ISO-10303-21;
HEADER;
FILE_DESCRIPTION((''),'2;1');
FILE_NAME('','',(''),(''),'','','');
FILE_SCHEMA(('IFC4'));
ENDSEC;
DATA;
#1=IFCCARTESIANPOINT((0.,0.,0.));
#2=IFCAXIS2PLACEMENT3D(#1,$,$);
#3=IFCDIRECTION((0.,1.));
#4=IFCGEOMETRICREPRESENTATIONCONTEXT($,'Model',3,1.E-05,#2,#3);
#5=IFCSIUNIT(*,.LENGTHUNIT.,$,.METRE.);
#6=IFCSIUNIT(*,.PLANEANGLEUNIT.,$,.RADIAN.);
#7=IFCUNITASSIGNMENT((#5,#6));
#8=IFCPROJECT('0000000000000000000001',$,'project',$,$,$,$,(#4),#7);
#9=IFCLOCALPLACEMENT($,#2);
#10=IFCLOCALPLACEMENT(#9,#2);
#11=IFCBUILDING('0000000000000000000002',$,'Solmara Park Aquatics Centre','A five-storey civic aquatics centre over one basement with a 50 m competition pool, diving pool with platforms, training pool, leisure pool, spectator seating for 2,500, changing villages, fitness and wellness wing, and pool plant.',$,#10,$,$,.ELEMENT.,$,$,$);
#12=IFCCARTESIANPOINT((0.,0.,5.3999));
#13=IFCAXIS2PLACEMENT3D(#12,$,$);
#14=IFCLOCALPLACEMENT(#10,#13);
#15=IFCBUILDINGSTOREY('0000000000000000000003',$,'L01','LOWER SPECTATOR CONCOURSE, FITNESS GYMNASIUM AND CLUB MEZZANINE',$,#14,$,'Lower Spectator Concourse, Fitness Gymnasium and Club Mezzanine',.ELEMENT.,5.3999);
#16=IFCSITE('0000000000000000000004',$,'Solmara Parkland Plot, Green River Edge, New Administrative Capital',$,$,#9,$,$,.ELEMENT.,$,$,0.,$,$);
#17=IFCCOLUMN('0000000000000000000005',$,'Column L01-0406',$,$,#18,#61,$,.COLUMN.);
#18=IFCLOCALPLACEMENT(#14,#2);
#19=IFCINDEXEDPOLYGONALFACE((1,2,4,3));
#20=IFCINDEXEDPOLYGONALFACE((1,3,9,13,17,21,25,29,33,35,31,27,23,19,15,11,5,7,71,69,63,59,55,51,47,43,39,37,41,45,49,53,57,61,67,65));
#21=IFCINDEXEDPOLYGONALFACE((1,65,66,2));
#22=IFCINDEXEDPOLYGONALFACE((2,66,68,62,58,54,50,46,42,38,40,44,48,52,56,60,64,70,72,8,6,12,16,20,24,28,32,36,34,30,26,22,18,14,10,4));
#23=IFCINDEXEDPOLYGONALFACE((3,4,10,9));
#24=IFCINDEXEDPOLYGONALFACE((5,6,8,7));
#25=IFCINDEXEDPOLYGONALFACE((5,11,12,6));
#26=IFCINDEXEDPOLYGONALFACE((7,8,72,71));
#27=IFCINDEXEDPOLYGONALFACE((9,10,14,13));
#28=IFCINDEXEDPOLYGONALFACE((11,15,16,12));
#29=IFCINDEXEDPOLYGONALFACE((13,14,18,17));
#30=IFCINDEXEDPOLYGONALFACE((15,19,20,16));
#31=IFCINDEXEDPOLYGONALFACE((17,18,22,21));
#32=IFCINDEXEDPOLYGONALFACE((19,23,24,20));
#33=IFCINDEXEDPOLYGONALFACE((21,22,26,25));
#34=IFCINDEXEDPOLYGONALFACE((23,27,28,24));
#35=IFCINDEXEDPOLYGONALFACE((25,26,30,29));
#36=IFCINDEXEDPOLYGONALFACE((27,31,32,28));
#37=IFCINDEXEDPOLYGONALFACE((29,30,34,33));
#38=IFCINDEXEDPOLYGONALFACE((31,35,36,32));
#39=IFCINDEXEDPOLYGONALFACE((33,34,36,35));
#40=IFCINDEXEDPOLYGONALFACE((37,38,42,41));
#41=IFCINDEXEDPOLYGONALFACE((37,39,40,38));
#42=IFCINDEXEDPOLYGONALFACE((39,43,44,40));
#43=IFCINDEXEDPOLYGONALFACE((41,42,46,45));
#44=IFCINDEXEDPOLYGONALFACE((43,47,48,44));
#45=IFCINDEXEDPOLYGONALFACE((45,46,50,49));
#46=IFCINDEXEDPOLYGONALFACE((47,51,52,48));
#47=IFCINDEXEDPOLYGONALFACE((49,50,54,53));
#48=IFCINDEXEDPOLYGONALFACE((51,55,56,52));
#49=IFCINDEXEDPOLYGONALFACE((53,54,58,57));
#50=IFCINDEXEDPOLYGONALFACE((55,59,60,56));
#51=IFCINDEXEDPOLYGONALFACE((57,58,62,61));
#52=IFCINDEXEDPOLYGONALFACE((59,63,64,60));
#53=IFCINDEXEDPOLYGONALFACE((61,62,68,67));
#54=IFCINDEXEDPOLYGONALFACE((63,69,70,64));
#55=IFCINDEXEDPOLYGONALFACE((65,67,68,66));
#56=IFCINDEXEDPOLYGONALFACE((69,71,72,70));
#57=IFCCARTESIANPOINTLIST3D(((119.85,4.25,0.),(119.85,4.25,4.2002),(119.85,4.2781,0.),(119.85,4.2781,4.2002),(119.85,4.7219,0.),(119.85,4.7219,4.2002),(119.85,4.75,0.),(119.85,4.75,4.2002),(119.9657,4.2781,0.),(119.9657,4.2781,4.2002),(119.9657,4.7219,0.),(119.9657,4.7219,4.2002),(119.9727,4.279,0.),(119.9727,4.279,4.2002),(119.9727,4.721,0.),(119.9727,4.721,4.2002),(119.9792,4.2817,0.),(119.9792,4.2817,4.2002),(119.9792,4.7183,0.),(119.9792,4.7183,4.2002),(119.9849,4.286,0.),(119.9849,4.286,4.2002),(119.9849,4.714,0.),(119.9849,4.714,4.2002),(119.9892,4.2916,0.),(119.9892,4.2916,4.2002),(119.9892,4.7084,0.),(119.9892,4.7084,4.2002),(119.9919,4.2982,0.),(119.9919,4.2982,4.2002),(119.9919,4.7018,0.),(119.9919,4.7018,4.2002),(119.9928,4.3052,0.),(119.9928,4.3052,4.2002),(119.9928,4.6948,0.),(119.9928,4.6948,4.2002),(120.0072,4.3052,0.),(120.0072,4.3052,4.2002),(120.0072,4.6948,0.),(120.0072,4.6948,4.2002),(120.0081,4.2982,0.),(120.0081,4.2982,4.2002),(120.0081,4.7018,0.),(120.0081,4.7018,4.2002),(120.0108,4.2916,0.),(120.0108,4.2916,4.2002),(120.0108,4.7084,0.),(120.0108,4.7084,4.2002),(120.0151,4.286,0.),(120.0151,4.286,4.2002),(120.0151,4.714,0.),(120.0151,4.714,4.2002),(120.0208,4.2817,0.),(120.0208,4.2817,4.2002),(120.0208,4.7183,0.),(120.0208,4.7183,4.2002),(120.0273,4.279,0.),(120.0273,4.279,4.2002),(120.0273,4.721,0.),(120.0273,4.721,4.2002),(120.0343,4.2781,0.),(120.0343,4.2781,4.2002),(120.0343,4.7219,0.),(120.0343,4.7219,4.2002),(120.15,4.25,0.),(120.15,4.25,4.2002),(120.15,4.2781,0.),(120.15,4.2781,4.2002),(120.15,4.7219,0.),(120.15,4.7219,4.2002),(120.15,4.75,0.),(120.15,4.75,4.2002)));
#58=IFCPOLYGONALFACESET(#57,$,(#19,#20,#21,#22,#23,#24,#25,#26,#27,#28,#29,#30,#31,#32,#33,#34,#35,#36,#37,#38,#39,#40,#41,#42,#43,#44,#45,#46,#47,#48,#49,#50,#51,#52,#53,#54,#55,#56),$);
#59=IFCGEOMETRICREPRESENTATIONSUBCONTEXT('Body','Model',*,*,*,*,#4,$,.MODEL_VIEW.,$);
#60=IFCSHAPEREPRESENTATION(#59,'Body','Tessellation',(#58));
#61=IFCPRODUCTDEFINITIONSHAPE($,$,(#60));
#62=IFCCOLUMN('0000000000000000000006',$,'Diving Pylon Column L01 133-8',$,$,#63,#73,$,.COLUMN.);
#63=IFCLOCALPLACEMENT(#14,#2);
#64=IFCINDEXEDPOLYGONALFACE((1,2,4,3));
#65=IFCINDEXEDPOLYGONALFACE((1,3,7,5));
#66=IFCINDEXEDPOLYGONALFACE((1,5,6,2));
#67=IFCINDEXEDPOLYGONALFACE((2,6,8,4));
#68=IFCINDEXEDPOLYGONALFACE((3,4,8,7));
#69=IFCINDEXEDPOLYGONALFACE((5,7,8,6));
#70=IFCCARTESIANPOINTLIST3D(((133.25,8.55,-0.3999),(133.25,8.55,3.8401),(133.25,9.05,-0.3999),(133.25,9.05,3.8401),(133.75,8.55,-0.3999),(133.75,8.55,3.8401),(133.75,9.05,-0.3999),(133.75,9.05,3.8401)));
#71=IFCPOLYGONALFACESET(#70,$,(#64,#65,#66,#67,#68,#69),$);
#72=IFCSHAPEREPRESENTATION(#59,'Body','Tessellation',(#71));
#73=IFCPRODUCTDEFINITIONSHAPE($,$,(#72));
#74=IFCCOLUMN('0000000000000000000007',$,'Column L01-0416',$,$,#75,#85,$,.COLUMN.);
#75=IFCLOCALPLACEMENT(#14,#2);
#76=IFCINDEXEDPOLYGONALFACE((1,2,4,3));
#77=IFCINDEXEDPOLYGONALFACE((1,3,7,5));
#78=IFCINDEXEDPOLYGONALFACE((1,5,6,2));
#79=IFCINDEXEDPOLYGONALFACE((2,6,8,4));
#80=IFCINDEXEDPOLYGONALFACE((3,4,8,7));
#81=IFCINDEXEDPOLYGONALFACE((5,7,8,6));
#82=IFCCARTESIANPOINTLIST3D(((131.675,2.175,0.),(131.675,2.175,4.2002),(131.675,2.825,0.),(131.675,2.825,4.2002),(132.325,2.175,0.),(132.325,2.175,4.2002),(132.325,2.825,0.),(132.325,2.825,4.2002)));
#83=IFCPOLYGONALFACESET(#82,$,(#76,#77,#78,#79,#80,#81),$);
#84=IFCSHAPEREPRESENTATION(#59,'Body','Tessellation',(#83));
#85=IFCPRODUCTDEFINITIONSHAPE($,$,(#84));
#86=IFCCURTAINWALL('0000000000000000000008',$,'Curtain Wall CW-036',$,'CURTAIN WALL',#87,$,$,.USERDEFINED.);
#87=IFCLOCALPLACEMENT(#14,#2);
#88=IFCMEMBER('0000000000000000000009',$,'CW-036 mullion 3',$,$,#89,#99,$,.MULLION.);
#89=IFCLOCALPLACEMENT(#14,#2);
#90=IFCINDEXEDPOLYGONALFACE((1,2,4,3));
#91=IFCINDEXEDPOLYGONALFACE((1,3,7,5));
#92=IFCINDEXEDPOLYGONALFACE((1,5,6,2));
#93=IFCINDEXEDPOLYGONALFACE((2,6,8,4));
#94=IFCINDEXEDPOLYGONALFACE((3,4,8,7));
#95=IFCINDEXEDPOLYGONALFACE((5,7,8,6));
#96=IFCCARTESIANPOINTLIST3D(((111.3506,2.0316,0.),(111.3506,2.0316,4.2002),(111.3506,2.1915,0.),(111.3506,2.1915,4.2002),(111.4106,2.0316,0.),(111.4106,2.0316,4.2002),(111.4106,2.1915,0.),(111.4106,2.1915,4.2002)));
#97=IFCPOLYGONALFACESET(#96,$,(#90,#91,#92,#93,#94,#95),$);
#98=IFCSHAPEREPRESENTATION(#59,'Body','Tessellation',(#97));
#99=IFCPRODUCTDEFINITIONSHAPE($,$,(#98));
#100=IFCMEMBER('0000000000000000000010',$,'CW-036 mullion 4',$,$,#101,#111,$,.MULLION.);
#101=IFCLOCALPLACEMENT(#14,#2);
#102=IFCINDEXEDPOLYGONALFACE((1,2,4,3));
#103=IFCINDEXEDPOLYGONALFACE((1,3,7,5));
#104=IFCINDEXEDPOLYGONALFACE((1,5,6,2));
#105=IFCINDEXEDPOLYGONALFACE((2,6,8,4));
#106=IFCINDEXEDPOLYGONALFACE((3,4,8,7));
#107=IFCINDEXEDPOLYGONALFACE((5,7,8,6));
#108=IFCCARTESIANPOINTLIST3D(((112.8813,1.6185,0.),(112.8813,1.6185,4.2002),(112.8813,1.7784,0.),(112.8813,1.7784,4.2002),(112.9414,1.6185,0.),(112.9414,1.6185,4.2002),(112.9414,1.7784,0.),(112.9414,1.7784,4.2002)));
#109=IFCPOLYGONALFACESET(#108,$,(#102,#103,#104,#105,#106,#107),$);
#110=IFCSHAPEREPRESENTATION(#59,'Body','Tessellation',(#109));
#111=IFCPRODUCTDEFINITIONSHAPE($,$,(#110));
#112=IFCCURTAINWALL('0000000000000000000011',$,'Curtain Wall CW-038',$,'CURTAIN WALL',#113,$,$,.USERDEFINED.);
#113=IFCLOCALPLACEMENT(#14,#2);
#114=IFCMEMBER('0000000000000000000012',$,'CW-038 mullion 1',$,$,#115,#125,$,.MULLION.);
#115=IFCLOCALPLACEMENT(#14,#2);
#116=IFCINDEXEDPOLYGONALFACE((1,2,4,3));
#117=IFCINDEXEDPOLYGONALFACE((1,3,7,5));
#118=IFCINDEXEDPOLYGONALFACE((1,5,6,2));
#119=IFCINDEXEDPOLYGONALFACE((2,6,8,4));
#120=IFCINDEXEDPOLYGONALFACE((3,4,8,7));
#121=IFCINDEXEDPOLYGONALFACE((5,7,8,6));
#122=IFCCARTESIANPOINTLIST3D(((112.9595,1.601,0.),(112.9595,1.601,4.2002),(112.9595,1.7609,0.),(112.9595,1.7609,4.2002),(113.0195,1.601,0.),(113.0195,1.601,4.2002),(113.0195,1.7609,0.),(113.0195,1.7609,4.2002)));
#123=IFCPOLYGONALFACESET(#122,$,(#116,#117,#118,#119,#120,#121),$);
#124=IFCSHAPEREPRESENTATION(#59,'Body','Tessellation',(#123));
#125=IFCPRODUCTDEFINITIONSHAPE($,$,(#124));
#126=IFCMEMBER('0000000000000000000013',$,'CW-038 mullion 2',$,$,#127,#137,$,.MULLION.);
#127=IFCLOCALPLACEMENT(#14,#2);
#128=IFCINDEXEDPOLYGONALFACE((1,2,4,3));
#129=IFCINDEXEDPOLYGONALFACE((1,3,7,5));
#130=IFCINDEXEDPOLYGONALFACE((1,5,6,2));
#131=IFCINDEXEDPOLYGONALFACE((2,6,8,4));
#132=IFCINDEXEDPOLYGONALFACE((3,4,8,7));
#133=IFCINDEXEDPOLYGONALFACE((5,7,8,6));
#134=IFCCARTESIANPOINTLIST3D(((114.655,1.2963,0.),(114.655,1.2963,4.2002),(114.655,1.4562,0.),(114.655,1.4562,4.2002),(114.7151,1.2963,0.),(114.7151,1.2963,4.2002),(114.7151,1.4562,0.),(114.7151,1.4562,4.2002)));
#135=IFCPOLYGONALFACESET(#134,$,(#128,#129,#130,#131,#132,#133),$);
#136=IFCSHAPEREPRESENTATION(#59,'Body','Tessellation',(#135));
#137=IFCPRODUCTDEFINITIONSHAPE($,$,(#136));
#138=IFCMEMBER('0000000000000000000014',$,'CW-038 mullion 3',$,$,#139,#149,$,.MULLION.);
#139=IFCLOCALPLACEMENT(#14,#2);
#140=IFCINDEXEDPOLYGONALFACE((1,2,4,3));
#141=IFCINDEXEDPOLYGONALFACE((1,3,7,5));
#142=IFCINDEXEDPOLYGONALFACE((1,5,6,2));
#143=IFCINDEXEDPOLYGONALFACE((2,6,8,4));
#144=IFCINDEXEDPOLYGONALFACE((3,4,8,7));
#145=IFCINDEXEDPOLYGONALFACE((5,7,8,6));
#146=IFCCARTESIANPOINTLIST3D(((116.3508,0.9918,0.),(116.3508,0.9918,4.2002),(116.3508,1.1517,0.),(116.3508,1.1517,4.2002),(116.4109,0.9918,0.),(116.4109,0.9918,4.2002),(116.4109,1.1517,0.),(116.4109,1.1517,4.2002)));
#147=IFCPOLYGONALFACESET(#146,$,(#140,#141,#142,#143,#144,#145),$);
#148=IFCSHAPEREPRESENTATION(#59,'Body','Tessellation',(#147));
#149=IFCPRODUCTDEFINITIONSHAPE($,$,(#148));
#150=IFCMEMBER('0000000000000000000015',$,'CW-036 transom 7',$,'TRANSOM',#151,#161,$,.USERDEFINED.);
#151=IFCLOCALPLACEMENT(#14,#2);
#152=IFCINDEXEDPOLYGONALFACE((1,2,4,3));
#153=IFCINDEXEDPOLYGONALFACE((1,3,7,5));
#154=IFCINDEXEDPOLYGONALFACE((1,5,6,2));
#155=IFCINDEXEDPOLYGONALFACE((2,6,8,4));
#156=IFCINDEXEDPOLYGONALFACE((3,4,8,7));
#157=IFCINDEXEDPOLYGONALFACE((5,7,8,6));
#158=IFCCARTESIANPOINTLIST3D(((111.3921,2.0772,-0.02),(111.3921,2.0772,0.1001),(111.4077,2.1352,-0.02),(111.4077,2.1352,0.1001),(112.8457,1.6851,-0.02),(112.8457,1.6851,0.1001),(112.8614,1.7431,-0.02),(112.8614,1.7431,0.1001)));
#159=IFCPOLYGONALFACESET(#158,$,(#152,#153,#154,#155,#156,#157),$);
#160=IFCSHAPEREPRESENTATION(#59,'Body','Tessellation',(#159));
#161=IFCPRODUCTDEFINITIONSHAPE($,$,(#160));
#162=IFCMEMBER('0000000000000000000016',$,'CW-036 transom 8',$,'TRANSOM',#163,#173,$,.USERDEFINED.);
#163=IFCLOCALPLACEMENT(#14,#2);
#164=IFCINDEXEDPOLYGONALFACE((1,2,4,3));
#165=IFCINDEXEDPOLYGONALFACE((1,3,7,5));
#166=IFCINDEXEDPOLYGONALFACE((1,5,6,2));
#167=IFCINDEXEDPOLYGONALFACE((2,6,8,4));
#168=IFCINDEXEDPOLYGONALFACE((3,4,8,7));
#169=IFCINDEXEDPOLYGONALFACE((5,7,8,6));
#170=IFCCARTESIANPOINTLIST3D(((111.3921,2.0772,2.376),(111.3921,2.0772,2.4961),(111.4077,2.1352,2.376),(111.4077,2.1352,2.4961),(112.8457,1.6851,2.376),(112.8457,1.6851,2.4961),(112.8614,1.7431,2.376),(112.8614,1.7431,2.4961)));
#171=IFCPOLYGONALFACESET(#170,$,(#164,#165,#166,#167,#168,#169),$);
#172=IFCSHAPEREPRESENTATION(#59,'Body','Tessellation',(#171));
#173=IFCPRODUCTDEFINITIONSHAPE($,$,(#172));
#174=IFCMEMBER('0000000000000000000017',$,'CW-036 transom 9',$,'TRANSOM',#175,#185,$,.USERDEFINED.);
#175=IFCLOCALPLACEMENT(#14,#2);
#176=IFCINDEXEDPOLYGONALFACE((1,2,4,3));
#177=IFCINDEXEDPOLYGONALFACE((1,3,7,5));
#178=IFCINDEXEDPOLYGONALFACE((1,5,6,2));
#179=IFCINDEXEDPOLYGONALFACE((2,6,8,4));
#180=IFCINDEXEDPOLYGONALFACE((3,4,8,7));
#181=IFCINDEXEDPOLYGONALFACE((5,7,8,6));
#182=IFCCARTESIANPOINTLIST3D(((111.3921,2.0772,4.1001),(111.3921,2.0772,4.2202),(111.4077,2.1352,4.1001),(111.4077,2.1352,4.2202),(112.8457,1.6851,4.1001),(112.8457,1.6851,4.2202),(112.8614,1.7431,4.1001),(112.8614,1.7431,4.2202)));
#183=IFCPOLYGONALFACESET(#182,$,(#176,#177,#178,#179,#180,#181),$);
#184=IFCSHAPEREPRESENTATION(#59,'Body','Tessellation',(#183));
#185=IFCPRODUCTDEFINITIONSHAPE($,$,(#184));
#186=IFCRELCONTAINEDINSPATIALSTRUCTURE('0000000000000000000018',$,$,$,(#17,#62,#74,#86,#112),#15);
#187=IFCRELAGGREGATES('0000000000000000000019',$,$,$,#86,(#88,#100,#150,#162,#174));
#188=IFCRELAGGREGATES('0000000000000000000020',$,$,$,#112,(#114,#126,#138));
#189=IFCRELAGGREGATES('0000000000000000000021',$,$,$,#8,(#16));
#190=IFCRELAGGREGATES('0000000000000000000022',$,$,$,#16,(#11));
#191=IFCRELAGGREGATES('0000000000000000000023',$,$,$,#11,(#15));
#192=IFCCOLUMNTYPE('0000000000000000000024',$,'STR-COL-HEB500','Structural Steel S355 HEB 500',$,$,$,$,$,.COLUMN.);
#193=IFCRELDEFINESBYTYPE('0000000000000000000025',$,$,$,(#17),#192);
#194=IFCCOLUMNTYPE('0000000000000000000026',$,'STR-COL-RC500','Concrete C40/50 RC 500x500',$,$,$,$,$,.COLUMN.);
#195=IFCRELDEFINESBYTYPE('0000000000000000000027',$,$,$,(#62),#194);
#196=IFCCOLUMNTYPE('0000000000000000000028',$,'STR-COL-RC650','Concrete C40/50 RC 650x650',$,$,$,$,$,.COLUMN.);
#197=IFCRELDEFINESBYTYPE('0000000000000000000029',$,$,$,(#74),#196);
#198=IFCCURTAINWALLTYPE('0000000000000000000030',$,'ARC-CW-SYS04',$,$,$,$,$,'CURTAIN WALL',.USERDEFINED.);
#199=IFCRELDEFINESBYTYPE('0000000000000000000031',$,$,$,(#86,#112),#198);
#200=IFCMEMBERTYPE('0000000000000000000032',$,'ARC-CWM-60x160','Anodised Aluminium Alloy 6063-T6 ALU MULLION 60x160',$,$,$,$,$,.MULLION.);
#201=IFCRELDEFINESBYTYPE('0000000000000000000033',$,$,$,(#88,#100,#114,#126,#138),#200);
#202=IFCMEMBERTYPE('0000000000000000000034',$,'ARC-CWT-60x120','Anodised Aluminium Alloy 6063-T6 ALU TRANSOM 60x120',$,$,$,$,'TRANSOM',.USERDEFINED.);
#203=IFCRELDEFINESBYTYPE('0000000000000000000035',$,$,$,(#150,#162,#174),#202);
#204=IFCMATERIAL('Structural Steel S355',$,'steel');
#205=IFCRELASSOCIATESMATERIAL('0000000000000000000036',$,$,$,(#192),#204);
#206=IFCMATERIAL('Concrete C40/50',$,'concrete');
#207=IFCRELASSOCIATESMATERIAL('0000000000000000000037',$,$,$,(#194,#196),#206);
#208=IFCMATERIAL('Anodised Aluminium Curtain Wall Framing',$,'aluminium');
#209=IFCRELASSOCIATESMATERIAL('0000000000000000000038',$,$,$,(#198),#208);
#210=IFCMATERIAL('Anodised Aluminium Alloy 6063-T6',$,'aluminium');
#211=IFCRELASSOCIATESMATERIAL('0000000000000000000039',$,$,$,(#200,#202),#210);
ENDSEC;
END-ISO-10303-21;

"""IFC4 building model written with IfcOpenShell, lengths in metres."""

from ifc_helpers import new_model, si_unit, direction, frame, origin, origin_2d, place, context, subcontext, project, spatial, rectangle, i_section, extrude, material, material_profile, profile_set, type_object, element, aggregate, save


model = new_model("IFC4")

# Units and contexts
model_context = context("Model", 3, precision=1e-05, world=origin(), true_north=direction((0.0, 1.0)))
body_context = subcontext(model_context, "Body", "Model", "MODEL_VIEW")
ifc_project = project(units=[si_unit("LENGTHUNIT", "METRE"), si_unit("PLANEANGLEUNIT", "RADIAN")], contexts=[model_context])

# Site, building, storey
site_placement = place(None, origin())
site = spatial("IfcSite", under=ifc_project, at=site_placement, Name="Solmara Parkland Plot, Green River Edge, New Administrative Capital", CompositionType="ELEMENT", RefElevation=0.0)
building_placement = place(site_placement, origin())
building = spatial("IfcBuilding", under=site, at=building_placement, Name="Solmara Park Aquatics Centre", Description="A five-storey civic aquatics centre over one basement with a 50 m competition pool, diving pool with platforms, training pool, leisure pool, spectator seating for 2,500, changing villages, fitness and wellness wing, and pool plant.", CompositionType="ELEMENT")
storey_placement = place(building_placement, frame((0.0, 0.0, 5.3999)))
storey = spatial("IfcBuildingStorey", under=building, at=storey_placement, Name="L01", Description="LOWER SPECTATOR CONCOURSE, FITNESS GYMNASIUM AND CLUB MEZZANINE", LongName="Lower Spectator Concourse, Fitness Gymnasium and Club Mezzanine", CompositionType="ELEMENT", Elevation=5.3999)

# Columns
ifc_material_1 = material(Name="Structural Steel S355", Category="steel")
ifc_material_profile_1 = material_profile(ifc_material_1, i_section(OverallWidth=0.3, OverallDepth=0.5, WebThickness=0.0144, FlangeThickness=0.0281, FilletRadius=0.0271, at=origin_2d()), Name="HEB 500")
ifc_profile_set_1 = profile_set([ifc_material_profile_1], Name="Structural Steel S355")
column_type_1 = type_object("IfcColumnType", Name="STR-COL-HEB500", Description="Structural Steel S355 HEB 500", PredefinedType="COLUMN", material=ifc_profile_set_1)
column_1_placement = place(storey_placement, frame((120.0, 4.5, 0.0), z_axis=(0.0, 0.0, 1.0), x_axis=(1.0, 0.0, 0.0)))
element("IfcColumn", 1, at=column_1_placement, inside=storey, type_object=column_type_1, Name="Column L01-0406", PredefinedType="COLUMN", context=body_context, shape_type="SweptSolid", body=[
    extrude(i_section(OverallWidth=0.3, OverallDepth=0.5, WebThickness=0.0144, FlangeThickness=0.0281, FilletRadius=0.0271, at=origin_2d()), origin(), (0.0, 0.0, 1.0), 4.2002),
])
ifc_material_2 = material(Name="Concrete C40/50", Category="concrete")
ifc_material_profile_2 = material_profile(ifc_material_2, rectangle(XDim=0.5, YDim=0.5, at=origin_2d()), Name="RC 500x500")
ifc_profile_set_2 = profile_set([ifc_material_profile_2], Name="Concrete C40/50")
column_type_2 = type_object("IfcColumnType", Name="STR-COL-RC500", Description="Concrete C40/50 RC 500x500", PredefinedType="COLUMN", material=ifc_profile_set_2)
column_2_placement = place(storey_placement, frame((133.5, 8.8, -0.3999), z_axis=(0.0, 0.0, 1.0), x_axis=(1.0, 0.0, 0.0)))
element("IfcColumn", 2, at=column_2_placement, inside=storey, type_object=column_type_2, Name="Diving Pylon Column L01 133-8", PredefinedType="COLUMN", context=body_context, shape_type="SweptSolid", body=[
    extrude(rectangle(XDim=0.5, YDim=0.5, at=origin_2d()), origin(), (0.0, 0.0, 1.0), 4.24),
])
ifc_material_profile_3 = material_profile(ifc_material_2, rectangle(XDim=0.6499, YDim=0.6499, at=origin_2d()), Name="RC 650x650")
ifc_profile_set_3 = profile_set([ifc_material_profile_3], Name="Concrete C40/50")
column_type_3 = type_object("IfcColumnType", Name="STR-COL-RC650", Description="Concrete C40/50 RC 650x650", PredefinedType="COLUMN", material=ifc_profile_set_3)
column_3_placement = place(storey_placement, frame((132.0, 2.5, 0.0), z_axis=(0.0, 0.0, 1.0), x_axis=(1.0, 0.0, 0.0)))
element("IfcColumn", 3, at=column_3_placement, inside=storey, type_object=column_type_3, Name="Column L01-0416", PredefinedType="COLUMN", context=body_context, shape_type="SweptSolid", body=[
    extrude(rectangle(XDim=0.6499, YDim=0.6499, at=origin_2d()), origin(), (0.0, 0.0, 1.0), 4.2002),
])

# Curtain walls, members
ifc_material_3 = material(Name="Anodised Aluminium Curtain Wall Framing", Category="aluminium")
curtain_wall_type = type_object("IfcCurtainWallType", Name="ARC-CW-SYS04", ElementType="CURTAIN WALL", PredefinedType="USERDEFINED", material=ifc_material_3)
curtain_wall_1_placement = place(storey_placement, origin())
curtain_wall_1 = element("IfcCurtainWall", 4, at=curtain_wall_1_placement, inside=storey, type_object=curtain_wall_type, Name="Curtain Wall CW-036", ObjectType="CURTAIN WALL", PredefinedType="USERDEFINED")
ifc_material_4 = material(Name="Anodised Aluminium Alloy 6063-T6", Category="aluminium")
ifc_material_profile_4 = material_profile(ifc_material_4, rectangle(XDim=0.0601, YDim=0.1599, at=origin_2d()), Name="ALU MULLION 60x160")
ifc_profile_set_4 = profile_set([ifc_material_profile_4], Name="Anodised Aluminium Alloy 6063-T6")
member_type_1 = type_object("IfcMemberType", Name="ARC-CWM-60x160", Description="Anodised Aluminium Alloy 6063-T6 ALU MULLION 60x160", PredefinedType="MULLION", material=ifc_profile_set_4)
member_1_placement = place(storey_placement, frame((111.3806, 2.1116, 0.0), z_axis=(0.0, 0.0, 1.0), x_axis=(1.0, 0.0, 0.0)))
member_1 = element("IfcMember", 5, at=member_1_placement, type_object=member_type_1, Name="CW-036 mullion 3", PredefinedType="MULLION", context=body_context, shape_type="SweptSolid", body=[
    extrude(rectangle(XDim=0.0601, YDim=0.1599, at=origin_2d()), origin(), (0.0, 0.0, 1.0), 4.2002),
])
member_2_placement = place(storey_placement, frame((112.9114, 1.6985, 0.0), z_axis=(0.0, 0.0, 1.0), x_axis=(1.0, 0.0, 0.0)))
member_2 = element("IfcMember", 6, at=member_2_placement, type_object=member_type_1, Name="CW-036 mullion 4", PredefinedType="MULLION", context=body_context, shape_type="SweptSolid", body=[
    extrude(rectangle(XDim=0.0601, YDim=0.1599, at=origin_2d()), origin(), (0.0, 0.0, 1.0), 4.2002),
])
curtain_wall_2_placement = place(storey_placement, origin())
curtain_wall_2 = element("IfcCurtainWall", 7, at=curtain_wall_2_placement, inside=storey, type_object=curtain_wall_type, Name="Curtain Wall CW-038", ObjectType="CURTAIN WALL", PredefinedType="USERDEFINED")
member_3_placement = place(storey_placement, frame((112.9895, 1.6809, 0.0), z_axis=(0.0, 0.0, 1.0), x_axis=(1.0, 0.0, 0.0)))
member_3 = element("IfcMember", 8, at=member_3_placement, type_object=member_type_1, Name="CW-038 mullion 1", PredefinedType="MULLION", context=body_context, shape_type="SweptSolid", body=[
    extrude(rectangle(XDim=0.0601, YDim=0.1599, at=origin_2d()), origin(), (0.0, 0.0, 1.0), 4.2002),
])
member_4_placement = place(storey_placement, frame((114.6851, 1.3762, 0.0), z_axis=(0.0, 0.0, 1.0), x_axis=(1.0, 0.0, 0.0)))
member_4 = element("IfcMember", 9, at=member_4_placement, type_object=member_type_1, Name="CW-038 mullion 2", PredefinedType="MULLION", context=body_context, shape_type="SweptSolid", body=[
    extrude(rectangle(XDim=0.0601, YDim=0.1599, at=origin_2d()), origin(), (0.0, 0.0, 1.0), 4.2002),
])
member_5_placement = place(storey_placement, frame((116.3809, 1.0718, 0.0), z_axis=(0.0, 0.0, 1.0), x_axis=(1.0, 0.0, 0.0)))
member_5 = element("IfcMember", 10, at=member_5_placement, type_object=member_type_1, Name="CW-038 mullion 3", PredefinedType="MULLION", context=body_context, shape_type="SweptSolid", body=[
    extrude(rectangle(XDim=0.0601, YDim=0.1599, at=origin_2d()), origin(), (0.0, 0.0, 1.0), 4.2002),
])

# Members
ifc_material_profile_5 = material_profile(ifc_material_4, rectangle(XDim=0.0601, YDim=0.1201, at=origin_2d()), Name="ALU TRANSOM 60x120")
ifc_profile_set_5 = profile_set([ifc_material_profile_5], Name="Anodised Aluminium Alloy 6063-T6")
member_type_2 = type_object("IfcMemberType", Name="ARC-CWT-60x120", Description="Anodised Aluminium Alloy 6063-T6 ALU TRANSOM 60x120", ElementType="TRANSOM", PredefinedType="USERDEFINED", material=ifc_profile_set_5)
member_6_placement = place(storey_placement, frame((111.3999, 2.1062, 0.04), z_axis=(0.965494, -0.260427, 0.0), x_axis=(0.260427, 0.965494, 0.0)))
member_6 = element("IfcMember", 11, at=member_6_placement, type_object=member_type_2, Name="CW-036 transom 7", ObjectType="TRANSOM", PredefinedType="USERDEFINED", context=body_context, shape_type="SweptSolid", body=[
    extrude(rectangle(XDim=0.0601, YDim=0.1201, at=origin_2d()), origin(), (0.0, 0.0, 1.0), 1.5056),
])
member_7_placement = place(storey_placement, frame((111.3999, 2.1062, 2.436), z_axis=(0.965494, -0.260427, 0.0), x_axis=(0.260427, 0.965494, 0.0)))
member_7 = element("IfcMember", 12, at=member_7_placement, type_object=member_type_2, Name="CW-036 transom 8", ObjectType="TRANSOM", PredefinedType="USERDEFINED", context=body_context, shape_type="SweptSolid", body=[
    extrude(rectangle(XDim=0.0601, YDim=0.1201, at=origin_2d()), origin(), (0.0, 0.0, 1.0), 1.5056),
])
member_8_placement = place(storey_placement, frame((111.3999, 2.1062, 4.1602), z_axis=(0.965494, -0.260427, 0.0), x_axis=(0.260427, 0.965494, 0.0)))
member_8 = element("IfcMember", 13, at=member_8_placement, type_object=member_type_2, Name="CW-036 transom 9", ObjectType="TRANSOM", PredefinedType="USERDEFINED", context=body_context, shape_type="SweptSolid", body=[
    extrude(rectangle(XDim=0.0601, YDim=0.1201, at=origin_2d()), origin(), (0.0, 0.0, 1.0), 1.5056),
])

aggregate(curtain_wall_1, [member_1, member_2, member_6, member_7, member_8])
aggregate(curtain_wall_2, [member_3, member_4, member_5])

save(model, "model.ifc")
